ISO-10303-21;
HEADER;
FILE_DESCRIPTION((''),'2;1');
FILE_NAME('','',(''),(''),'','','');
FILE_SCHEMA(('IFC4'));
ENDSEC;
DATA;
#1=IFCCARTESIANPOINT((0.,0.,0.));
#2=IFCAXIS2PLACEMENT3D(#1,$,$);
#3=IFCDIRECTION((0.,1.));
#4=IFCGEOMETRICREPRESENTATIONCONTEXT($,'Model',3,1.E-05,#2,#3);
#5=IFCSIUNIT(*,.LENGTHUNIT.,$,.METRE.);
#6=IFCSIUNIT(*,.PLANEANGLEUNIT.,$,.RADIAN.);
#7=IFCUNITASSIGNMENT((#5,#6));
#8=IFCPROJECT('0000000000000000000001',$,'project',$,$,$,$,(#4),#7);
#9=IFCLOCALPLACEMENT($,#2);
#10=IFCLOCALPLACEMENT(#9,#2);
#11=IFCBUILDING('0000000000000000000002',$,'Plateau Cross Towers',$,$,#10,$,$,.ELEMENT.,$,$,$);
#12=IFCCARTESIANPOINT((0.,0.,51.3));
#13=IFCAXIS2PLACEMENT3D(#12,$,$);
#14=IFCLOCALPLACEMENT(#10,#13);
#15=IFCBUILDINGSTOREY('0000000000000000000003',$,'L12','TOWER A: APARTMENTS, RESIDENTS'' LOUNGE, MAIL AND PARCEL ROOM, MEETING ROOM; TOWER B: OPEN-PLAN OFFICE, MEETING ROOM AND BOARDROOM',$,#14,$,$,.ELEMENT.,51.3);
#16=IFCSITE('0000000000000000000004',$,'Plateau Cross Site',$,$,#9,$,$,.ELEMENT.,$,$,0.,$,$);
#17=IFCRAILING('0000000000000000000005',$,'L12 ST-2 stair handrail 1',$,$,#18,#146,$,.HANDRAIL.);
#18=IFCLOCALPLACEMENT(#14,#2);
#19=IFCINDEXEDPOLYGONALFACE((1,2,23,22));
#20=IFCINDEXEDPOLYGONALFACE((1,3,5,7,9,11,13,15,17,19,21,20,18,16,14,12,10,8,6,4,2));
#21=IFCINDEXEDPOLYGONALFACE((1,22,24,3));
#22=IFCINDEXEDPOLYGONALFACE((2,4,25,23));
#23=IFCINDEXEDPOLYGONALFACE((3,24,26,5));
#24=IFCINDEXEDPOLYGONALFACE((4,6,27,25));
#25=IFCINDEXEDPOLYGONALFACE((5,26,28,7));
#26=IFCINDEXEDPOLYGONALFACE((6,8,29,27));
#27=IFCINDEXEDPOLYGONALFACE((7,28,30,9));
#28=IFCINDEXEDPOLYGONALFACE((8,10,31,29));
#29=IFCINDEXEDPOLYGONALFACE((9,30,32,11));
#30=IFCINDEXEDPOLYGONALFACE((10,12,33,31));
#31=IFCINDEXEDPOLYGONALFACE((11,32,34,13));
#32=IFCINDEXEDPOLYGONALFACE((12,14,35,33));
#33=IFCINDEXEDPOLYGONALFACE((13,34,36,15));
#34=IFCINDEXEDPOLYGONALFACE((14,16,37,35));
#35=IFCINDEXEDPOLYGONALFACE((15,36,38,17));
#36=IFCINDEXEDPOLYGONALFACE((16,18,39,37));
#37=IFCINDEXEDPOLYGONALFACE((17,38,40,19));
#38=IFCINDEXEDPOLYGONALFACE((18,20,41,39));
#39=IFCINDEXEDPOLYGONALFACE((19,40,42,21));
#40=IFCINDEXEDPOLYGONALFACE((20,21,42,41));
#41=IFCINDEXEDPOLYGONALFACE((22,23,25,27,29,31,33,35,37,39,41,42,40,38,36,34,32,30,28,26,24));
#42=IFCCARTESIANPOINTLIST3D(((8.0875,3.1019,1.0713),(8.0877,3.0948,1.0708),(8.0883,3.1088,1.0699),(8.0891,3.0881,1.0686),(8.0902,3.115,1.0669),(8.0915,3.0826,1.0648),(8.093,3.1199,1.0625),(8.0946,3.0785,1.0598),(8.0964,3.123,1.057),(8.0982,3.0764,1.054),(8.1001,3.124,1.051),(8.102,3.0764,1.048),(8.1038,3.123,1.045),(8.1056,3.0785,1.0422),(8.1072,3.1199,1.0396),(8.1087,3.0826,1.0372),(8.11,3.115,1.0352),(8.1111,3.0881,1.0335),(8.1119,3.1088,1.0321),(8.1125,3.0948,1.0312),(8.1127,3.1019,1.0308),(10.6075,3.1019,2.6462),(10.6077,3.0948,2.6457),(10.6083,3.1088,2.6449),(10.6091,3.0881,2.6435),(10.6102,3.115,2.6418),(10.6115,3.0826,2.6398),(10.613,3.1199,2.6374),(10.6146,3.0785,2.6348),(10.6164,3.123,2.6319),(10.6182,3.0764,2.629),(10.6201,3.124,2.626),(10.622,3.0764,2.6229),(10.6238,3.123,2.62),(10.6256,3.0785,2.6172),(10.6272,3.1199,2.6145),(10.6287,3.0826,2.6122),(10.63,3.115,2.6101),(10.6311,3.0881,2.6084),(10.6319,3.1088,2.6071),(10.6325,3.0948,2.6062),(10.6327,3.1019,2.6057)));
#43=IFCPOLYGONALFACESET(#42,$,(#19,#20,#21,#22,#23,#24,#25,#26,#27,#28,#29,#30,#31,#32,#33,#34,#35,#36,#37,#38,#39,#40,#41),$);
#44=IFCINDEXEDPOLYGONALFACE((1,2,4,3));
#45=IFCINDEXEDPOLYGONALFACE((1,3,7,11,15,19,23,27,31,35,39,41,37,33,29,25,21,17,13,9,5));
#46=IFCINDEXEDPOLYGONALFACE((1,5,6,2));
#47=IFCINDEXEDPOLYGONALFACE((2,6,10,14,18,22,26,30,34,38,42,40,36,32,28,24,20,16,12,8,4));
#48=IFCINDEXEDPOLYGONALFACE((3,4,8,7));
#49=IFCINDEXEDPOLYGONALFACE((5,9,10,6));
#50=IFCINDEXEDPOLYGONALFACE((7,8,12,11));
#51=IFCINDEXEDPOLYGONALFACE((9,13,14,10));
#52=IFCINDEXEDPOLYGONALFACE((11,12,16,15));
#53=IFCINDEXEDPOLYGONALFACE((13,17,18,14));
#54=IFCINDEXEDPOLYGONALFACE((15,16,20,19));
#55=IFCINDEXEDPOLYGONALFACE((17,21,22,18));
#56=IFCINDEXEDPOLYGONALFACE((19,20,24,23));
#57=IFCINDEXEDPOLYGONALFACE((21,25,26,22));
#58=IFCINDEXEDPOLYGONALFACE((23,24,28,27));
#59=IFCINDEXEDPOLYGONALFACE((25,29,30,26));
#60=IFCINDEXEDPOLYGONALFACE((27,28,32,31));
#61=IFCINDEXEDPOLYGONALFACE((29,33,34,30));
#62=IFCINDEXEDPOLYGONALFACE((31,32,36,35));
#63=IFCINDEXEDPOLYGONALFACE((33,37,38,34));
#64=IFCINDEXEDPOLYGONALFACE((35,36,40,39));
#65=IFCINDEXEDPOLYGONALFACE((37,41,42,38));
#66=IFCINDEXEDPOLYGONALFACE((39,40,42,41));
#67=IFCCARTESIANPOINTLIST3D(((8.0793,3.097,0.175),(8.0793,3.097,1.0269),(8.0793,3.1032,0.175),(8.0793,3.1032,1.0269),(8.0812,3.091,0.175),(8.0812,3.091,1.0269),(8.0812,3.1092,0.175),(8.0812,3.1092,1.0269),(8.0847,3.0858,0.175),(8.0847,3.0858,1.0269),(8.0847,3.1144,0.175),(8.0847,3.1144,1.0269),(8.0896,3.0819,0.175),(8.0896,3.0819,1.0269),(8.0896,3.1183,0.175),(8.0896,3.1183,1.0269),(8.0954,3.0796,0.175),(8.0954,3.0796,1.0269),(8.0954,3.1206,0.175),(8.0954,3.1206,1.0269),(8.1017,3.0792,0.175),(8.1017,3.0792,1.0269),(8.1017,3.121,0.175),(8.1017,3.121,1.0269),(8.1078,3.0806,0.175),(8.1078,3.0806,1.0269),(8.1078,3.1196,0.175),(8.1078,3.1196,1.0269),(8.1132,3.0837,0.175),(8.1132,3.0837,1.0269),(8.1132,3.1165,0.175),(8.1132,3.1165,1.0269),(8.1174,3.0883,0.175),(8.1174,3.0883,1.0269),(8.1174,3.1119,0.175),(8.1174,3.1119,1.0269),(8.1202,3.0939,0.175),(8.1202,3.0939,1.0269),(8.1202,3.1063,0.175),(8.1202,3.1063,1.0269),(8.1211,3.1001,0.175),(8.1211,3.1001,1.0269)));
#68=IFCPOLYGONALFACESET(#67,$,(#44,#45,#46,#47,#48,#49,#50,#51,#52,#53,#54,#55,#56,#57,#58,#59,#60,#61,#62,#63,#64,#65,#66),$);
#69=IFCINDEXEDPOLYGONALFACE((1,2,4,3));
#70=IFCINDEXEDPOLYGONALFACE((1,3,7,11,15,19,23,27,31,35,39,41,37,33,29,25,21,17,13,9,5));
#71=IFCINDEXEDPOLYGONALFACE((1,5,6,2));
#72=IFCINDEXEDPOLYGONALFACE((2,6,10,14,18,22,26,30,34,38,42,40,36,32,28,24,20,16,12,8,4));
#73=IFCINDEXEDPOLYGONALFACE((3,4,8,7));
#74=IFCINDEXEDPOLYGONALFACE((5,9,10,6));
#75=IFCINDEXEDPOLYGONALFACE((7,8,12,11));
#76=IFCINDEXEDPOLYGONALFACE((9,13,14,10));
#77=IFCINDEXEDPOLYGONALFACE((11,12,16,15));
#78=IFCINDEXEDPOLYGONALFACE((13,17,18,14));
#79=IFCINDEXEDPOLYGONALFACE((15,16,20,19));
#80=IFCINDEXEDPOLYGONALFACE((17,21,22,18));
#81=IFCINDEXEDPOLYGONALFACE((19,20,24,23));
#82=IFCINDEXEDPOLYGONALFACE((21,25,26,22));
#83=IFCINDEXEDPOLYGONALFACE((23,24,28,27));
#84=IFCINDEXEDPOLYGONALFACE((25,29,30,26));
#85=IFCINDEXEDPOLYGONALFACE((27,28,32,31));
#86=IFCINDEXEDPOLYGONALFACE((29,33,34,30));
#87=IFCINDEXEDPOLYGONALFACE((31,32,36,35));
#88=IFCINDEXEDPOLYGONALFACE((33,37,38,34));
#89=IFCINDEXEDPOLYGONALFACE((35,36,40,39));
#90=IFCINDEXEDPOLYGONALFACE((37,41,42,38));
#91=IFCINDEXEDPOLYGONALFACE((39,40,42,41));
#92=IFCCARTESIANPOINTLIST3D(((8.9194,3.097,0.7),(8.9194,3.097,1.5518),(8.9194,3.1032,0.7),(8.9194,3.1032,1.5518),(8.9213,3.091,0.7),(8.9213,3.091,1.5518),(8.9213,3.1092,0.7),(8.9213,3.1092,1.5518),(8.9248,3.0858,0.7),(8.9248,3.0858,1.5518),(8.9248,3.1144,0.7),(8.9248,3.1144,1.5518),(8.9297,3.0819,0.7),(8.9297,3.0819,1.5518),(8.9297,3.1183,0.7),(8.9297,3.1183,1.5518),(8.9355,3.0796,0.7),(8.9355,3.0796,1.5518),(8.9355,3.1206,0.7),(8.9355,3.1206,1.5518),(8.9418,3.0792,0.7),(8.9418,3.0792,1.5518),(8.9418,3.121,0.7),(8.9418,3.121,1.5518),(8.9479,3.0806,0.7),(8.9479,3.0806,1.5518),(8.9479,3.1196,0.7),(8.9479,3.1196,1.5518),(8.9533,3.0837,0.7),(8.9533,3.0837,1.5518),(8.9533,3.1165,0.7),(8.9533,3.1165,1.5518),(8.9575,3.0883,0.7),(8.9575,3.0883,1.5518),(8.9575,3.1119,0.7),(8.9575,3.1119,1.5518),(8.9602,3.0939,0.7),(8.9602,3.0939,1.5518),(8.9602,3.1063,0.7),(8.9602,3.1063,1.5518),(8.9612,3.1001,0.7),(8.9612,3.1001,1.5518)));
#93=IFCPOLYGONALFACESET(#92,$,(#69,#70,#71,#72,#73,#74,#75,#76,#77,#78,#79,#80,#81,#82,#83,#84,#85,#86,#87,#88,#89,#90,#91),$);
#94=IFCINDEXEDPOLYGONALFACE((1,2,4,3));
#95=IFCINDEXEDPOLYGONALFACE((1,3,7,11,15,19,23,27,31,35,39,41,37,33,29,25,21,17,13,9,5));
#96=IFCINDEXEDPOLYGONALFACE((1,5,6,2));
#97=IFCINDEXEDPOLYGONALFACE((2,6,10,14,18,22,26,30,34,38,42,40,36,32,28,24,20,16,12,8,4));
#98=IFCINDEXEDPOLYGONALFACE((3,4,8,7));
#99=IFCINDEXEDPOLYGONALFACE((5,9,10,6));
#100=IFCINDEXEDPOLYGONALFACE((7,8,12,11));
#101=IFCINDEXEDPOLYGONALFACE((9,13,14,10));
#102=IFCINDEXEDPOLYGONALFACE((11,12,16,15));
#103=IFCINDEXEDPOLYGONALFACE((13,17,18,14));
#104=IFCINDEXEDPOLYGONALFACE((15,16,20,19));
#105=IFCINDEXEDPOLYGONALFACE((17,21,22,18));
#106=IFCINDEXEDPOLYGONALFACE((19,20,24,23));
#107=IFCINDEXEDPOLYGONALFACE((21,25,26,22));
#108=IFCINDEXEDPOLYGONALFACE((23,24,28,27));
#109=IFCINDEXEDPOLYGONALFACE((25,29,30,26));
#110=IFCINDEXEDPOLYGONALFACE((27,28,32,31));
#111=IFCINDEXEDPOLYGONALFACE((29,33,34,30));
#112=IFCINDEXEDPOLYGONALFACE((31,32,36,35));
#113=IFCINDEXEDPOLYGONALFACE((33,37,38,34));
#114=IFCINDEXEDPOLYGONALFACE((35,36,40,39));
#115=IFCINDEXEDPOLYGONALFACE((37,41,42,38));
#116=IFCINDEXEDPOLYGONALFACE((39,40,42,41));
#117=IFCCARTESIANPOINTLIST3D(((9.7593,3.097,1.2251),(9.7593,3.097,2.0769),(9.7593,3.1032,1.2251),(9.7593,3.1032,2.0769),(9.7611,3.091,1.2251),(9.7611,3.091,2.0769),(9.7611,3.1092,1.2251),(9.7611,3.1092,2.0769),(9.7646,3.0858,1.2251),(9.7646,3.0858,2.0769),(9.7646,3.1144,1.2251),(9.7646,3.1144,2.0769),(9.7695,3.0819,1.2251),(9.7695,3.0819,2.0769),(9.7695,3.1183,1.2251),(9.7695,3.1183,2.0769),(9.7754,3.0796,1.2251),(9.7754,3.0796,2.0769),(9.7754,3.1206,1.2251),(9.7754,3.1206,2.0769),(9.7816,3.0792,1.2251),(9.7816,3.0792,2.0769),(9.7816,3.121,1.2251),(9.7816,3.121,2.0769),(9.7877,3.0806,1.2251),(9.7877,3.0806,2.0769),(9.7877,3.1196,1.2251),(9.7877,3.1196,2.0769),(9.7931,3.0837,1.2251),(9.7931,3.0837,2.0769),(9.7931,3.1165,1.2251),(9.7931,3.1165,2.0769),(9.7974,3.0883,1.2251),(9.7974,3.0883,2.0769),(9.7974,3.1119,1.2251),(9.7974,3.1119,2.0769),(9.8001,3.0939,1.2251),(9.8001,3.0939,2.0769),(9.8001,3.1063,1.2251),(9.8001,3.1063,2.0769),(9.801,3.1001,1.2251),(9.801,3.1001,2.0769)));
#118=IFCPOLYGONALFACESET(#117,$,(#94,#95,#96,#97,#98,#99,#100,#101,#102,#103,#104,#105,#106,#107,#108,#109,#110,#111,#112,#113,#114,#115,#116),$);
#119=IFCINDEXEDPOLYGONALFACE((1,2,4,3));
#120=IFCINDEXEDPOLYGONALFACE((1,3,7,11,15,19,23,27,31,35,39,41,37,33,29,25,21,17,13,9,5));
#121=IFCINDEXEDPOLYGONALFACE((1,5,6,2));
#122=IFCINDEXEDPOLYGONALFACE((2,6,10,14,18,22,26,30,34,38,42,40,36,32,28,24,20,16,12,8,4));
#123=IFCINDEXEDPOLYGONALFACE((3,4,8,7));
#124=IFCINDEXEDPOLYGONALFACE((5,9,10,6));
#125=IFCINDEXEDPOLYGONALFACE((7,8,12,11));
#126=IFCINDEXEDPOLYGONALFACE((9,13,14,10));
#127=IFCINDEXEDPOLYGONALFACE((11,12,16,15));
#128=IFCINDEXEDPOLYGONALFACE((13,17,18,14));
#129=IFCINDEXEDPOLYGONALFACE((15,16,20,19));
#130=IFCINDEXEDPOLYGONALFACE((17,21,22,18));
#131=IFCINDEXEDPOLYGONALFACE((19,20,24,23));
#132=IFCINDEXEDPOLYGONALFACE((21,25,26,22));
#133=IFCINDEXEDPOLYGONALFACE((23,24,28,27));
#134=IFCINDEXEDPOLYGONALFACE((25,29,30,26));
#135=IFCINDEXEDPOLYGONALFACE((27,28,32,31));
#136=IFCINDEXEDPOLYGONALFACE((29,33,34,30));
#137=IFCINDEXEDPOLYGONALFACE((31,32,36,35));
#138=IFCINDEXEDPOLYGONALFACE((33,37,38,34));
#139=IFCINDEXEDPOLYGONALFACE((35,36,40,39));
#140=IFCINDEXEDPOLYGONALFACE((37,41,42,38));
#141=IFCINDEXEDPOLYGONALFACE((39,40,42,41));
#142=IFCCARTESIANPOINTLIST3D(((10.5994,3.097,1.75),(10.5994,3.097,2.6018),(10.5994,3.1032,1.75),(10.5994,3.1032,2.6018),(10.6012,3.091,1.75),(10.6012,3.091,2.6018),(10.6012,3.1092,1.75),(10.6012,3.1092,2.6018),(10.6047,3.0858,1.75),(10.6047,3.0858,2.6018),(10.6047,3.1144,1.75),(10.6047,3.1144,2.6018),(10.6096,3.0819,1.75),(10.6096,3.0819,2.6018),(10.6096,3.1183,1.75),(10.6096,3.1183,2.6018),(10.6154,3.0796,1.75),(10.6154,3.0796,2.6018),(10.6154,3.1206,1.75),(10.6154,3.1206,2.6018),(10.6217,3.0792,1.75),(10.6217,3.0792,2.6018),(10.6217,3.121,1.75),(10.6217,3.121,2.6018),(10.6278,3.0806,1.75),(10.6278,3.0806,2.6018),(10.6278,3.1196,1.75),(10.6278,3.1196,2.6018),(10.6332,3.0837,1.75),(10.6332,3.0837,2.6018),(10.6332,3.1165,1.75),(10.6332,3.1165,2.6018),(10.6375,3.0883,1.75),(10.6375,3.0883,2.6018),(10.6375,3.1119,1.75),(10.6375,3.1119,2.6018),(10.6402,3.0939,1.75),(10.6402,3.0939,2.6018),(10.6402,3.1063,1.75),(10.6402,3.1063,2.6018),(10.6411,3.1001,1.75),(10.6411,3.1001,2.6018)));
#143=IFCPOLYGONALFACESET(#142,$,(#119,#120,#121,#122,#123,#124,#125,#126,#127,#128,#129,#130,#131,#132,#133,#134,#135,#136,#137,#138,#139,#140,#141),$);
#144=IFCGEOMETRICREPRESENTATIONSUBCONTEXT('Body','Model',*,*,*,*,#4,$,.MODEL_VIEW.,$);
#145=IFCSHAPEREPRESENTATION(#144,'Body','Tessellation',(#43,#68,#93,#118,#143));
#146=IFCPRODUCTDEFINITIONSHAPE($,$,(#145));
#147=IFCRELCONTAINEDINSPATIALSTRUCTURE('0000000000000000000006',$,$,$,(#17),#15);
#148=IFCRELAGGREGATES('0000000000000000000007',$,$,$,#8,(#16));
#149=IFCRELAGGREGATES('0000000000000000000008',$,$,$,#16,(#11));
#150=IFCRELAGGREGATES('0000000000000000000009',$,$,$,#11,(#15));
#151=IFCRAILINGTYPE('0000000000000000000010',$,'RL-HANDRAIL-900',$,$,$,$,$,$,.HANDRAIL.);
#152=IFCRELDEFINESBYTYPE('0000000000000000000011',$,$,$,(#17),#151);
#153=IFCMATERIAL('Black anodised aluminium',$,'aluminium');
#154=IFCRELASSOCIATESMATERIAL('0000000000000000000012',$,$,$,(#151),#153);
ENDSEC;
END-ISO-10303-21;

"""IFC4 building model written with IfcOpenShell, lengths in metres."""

from ifc_helpers import new_model, si_unit, direction, frame, origin, origin_2d, place, context, subcontext, project, spatial, circle, extrude, material, type_object, element, save


model = new_model("IFC4")

# Units and contexts
model_context = context("Model", 3, precision=1e-05, world=origin(), true_north=direction((0.0, 1.0)))
body_context = subcontext(model_context, "Body", "Model", "MODEL_VIEW")
ifc_project = project(units=[si_unit("LENGTHUNIT", "METRE"), si_unit("PLANEANGLEUNIT", "RADIAN")], contexts=[model_context])

# Site, building, storey
site_placement = place(None, origin())
site = spatial("IfcSite", under=ifc_project, at=site_placement, Name="Plateau Cross Site", CompositionType="ELEMENT", RefElevation=0.0)
building_placement = place(site_placement, origin())
building = spatial("IfcBuilding", under=site, at=building_placement, Name="Plateau Cross Towers", CompositionType="ELEMENT")
storey_placement = place(building_placement, frame((0.0, 0.0, 51.3)))
storey = spatial("IfcBuildingStorey", under=building, at=storey_placement, Name="L12", Description="TOWER A: APARTMENTS, RESIDENTS' LOUNGE, MAIL AND PARCEL ROOM, MEETING ROOM; TOWER B: OPEN-PLAN OFFICE, MEETING ROOM AND BOARDROOM", CompositionType="ELEMENT", Elevation=51.3)

# Shared definitions
ifc_material_1 = material(Name="Black anodised aluminium", Category="aluminium")

# Railing
railing_type_1 = type_object("IfcRailingType", Name="RL-HANDRAIL-900", PredefinedType="HANDRAIL", material=ifc_material_1)
railing_1_placement = place(storey_placement, frame((8.1001, 3.1001, 0.175)))
element("IfcRailing", 1, at=railing_1_placement, inside=storey, type_object=railing_type_1, Name="L12 ST-2 stair handrail 1", PredefinedType="HANDRAIL", context=body_context, shape_type="SweptSolid", body=[
    extrude(circle(Radius=0.0239, at=origin_2d()), frame((0.0, 0.0, 0.876), z_axis=(0.848008, 0.0, 0.529984), x_axis=(0.0, 1.0, 0.0)), (0.0, 0.0, 1.0), 2.9717),
    extrude(circle(Radius=0.021, at=origin_2d()), origin(), (0.0, 0.0, 1.0), 0.8518),
    extrude(circle(Radius=0.021, at=origin_2d()), frame((0.8401, 0.0, 0.5249)), (0.0, 0.0, 1.0), 0.8518),
    extrude(circle(Radius=0.021, at=origin_2d()), frame((1.6799, 0.0, 1.05)), (0.0, 0.0, 1.0), 0.8518),
    extrude(circle(Radius=0.021, at=origin_2d()), frame((2.52, 0.0, 1.575)), (0.0, 0.0, 1.0), 0.8518),
])

save(model, "model.ifc")
